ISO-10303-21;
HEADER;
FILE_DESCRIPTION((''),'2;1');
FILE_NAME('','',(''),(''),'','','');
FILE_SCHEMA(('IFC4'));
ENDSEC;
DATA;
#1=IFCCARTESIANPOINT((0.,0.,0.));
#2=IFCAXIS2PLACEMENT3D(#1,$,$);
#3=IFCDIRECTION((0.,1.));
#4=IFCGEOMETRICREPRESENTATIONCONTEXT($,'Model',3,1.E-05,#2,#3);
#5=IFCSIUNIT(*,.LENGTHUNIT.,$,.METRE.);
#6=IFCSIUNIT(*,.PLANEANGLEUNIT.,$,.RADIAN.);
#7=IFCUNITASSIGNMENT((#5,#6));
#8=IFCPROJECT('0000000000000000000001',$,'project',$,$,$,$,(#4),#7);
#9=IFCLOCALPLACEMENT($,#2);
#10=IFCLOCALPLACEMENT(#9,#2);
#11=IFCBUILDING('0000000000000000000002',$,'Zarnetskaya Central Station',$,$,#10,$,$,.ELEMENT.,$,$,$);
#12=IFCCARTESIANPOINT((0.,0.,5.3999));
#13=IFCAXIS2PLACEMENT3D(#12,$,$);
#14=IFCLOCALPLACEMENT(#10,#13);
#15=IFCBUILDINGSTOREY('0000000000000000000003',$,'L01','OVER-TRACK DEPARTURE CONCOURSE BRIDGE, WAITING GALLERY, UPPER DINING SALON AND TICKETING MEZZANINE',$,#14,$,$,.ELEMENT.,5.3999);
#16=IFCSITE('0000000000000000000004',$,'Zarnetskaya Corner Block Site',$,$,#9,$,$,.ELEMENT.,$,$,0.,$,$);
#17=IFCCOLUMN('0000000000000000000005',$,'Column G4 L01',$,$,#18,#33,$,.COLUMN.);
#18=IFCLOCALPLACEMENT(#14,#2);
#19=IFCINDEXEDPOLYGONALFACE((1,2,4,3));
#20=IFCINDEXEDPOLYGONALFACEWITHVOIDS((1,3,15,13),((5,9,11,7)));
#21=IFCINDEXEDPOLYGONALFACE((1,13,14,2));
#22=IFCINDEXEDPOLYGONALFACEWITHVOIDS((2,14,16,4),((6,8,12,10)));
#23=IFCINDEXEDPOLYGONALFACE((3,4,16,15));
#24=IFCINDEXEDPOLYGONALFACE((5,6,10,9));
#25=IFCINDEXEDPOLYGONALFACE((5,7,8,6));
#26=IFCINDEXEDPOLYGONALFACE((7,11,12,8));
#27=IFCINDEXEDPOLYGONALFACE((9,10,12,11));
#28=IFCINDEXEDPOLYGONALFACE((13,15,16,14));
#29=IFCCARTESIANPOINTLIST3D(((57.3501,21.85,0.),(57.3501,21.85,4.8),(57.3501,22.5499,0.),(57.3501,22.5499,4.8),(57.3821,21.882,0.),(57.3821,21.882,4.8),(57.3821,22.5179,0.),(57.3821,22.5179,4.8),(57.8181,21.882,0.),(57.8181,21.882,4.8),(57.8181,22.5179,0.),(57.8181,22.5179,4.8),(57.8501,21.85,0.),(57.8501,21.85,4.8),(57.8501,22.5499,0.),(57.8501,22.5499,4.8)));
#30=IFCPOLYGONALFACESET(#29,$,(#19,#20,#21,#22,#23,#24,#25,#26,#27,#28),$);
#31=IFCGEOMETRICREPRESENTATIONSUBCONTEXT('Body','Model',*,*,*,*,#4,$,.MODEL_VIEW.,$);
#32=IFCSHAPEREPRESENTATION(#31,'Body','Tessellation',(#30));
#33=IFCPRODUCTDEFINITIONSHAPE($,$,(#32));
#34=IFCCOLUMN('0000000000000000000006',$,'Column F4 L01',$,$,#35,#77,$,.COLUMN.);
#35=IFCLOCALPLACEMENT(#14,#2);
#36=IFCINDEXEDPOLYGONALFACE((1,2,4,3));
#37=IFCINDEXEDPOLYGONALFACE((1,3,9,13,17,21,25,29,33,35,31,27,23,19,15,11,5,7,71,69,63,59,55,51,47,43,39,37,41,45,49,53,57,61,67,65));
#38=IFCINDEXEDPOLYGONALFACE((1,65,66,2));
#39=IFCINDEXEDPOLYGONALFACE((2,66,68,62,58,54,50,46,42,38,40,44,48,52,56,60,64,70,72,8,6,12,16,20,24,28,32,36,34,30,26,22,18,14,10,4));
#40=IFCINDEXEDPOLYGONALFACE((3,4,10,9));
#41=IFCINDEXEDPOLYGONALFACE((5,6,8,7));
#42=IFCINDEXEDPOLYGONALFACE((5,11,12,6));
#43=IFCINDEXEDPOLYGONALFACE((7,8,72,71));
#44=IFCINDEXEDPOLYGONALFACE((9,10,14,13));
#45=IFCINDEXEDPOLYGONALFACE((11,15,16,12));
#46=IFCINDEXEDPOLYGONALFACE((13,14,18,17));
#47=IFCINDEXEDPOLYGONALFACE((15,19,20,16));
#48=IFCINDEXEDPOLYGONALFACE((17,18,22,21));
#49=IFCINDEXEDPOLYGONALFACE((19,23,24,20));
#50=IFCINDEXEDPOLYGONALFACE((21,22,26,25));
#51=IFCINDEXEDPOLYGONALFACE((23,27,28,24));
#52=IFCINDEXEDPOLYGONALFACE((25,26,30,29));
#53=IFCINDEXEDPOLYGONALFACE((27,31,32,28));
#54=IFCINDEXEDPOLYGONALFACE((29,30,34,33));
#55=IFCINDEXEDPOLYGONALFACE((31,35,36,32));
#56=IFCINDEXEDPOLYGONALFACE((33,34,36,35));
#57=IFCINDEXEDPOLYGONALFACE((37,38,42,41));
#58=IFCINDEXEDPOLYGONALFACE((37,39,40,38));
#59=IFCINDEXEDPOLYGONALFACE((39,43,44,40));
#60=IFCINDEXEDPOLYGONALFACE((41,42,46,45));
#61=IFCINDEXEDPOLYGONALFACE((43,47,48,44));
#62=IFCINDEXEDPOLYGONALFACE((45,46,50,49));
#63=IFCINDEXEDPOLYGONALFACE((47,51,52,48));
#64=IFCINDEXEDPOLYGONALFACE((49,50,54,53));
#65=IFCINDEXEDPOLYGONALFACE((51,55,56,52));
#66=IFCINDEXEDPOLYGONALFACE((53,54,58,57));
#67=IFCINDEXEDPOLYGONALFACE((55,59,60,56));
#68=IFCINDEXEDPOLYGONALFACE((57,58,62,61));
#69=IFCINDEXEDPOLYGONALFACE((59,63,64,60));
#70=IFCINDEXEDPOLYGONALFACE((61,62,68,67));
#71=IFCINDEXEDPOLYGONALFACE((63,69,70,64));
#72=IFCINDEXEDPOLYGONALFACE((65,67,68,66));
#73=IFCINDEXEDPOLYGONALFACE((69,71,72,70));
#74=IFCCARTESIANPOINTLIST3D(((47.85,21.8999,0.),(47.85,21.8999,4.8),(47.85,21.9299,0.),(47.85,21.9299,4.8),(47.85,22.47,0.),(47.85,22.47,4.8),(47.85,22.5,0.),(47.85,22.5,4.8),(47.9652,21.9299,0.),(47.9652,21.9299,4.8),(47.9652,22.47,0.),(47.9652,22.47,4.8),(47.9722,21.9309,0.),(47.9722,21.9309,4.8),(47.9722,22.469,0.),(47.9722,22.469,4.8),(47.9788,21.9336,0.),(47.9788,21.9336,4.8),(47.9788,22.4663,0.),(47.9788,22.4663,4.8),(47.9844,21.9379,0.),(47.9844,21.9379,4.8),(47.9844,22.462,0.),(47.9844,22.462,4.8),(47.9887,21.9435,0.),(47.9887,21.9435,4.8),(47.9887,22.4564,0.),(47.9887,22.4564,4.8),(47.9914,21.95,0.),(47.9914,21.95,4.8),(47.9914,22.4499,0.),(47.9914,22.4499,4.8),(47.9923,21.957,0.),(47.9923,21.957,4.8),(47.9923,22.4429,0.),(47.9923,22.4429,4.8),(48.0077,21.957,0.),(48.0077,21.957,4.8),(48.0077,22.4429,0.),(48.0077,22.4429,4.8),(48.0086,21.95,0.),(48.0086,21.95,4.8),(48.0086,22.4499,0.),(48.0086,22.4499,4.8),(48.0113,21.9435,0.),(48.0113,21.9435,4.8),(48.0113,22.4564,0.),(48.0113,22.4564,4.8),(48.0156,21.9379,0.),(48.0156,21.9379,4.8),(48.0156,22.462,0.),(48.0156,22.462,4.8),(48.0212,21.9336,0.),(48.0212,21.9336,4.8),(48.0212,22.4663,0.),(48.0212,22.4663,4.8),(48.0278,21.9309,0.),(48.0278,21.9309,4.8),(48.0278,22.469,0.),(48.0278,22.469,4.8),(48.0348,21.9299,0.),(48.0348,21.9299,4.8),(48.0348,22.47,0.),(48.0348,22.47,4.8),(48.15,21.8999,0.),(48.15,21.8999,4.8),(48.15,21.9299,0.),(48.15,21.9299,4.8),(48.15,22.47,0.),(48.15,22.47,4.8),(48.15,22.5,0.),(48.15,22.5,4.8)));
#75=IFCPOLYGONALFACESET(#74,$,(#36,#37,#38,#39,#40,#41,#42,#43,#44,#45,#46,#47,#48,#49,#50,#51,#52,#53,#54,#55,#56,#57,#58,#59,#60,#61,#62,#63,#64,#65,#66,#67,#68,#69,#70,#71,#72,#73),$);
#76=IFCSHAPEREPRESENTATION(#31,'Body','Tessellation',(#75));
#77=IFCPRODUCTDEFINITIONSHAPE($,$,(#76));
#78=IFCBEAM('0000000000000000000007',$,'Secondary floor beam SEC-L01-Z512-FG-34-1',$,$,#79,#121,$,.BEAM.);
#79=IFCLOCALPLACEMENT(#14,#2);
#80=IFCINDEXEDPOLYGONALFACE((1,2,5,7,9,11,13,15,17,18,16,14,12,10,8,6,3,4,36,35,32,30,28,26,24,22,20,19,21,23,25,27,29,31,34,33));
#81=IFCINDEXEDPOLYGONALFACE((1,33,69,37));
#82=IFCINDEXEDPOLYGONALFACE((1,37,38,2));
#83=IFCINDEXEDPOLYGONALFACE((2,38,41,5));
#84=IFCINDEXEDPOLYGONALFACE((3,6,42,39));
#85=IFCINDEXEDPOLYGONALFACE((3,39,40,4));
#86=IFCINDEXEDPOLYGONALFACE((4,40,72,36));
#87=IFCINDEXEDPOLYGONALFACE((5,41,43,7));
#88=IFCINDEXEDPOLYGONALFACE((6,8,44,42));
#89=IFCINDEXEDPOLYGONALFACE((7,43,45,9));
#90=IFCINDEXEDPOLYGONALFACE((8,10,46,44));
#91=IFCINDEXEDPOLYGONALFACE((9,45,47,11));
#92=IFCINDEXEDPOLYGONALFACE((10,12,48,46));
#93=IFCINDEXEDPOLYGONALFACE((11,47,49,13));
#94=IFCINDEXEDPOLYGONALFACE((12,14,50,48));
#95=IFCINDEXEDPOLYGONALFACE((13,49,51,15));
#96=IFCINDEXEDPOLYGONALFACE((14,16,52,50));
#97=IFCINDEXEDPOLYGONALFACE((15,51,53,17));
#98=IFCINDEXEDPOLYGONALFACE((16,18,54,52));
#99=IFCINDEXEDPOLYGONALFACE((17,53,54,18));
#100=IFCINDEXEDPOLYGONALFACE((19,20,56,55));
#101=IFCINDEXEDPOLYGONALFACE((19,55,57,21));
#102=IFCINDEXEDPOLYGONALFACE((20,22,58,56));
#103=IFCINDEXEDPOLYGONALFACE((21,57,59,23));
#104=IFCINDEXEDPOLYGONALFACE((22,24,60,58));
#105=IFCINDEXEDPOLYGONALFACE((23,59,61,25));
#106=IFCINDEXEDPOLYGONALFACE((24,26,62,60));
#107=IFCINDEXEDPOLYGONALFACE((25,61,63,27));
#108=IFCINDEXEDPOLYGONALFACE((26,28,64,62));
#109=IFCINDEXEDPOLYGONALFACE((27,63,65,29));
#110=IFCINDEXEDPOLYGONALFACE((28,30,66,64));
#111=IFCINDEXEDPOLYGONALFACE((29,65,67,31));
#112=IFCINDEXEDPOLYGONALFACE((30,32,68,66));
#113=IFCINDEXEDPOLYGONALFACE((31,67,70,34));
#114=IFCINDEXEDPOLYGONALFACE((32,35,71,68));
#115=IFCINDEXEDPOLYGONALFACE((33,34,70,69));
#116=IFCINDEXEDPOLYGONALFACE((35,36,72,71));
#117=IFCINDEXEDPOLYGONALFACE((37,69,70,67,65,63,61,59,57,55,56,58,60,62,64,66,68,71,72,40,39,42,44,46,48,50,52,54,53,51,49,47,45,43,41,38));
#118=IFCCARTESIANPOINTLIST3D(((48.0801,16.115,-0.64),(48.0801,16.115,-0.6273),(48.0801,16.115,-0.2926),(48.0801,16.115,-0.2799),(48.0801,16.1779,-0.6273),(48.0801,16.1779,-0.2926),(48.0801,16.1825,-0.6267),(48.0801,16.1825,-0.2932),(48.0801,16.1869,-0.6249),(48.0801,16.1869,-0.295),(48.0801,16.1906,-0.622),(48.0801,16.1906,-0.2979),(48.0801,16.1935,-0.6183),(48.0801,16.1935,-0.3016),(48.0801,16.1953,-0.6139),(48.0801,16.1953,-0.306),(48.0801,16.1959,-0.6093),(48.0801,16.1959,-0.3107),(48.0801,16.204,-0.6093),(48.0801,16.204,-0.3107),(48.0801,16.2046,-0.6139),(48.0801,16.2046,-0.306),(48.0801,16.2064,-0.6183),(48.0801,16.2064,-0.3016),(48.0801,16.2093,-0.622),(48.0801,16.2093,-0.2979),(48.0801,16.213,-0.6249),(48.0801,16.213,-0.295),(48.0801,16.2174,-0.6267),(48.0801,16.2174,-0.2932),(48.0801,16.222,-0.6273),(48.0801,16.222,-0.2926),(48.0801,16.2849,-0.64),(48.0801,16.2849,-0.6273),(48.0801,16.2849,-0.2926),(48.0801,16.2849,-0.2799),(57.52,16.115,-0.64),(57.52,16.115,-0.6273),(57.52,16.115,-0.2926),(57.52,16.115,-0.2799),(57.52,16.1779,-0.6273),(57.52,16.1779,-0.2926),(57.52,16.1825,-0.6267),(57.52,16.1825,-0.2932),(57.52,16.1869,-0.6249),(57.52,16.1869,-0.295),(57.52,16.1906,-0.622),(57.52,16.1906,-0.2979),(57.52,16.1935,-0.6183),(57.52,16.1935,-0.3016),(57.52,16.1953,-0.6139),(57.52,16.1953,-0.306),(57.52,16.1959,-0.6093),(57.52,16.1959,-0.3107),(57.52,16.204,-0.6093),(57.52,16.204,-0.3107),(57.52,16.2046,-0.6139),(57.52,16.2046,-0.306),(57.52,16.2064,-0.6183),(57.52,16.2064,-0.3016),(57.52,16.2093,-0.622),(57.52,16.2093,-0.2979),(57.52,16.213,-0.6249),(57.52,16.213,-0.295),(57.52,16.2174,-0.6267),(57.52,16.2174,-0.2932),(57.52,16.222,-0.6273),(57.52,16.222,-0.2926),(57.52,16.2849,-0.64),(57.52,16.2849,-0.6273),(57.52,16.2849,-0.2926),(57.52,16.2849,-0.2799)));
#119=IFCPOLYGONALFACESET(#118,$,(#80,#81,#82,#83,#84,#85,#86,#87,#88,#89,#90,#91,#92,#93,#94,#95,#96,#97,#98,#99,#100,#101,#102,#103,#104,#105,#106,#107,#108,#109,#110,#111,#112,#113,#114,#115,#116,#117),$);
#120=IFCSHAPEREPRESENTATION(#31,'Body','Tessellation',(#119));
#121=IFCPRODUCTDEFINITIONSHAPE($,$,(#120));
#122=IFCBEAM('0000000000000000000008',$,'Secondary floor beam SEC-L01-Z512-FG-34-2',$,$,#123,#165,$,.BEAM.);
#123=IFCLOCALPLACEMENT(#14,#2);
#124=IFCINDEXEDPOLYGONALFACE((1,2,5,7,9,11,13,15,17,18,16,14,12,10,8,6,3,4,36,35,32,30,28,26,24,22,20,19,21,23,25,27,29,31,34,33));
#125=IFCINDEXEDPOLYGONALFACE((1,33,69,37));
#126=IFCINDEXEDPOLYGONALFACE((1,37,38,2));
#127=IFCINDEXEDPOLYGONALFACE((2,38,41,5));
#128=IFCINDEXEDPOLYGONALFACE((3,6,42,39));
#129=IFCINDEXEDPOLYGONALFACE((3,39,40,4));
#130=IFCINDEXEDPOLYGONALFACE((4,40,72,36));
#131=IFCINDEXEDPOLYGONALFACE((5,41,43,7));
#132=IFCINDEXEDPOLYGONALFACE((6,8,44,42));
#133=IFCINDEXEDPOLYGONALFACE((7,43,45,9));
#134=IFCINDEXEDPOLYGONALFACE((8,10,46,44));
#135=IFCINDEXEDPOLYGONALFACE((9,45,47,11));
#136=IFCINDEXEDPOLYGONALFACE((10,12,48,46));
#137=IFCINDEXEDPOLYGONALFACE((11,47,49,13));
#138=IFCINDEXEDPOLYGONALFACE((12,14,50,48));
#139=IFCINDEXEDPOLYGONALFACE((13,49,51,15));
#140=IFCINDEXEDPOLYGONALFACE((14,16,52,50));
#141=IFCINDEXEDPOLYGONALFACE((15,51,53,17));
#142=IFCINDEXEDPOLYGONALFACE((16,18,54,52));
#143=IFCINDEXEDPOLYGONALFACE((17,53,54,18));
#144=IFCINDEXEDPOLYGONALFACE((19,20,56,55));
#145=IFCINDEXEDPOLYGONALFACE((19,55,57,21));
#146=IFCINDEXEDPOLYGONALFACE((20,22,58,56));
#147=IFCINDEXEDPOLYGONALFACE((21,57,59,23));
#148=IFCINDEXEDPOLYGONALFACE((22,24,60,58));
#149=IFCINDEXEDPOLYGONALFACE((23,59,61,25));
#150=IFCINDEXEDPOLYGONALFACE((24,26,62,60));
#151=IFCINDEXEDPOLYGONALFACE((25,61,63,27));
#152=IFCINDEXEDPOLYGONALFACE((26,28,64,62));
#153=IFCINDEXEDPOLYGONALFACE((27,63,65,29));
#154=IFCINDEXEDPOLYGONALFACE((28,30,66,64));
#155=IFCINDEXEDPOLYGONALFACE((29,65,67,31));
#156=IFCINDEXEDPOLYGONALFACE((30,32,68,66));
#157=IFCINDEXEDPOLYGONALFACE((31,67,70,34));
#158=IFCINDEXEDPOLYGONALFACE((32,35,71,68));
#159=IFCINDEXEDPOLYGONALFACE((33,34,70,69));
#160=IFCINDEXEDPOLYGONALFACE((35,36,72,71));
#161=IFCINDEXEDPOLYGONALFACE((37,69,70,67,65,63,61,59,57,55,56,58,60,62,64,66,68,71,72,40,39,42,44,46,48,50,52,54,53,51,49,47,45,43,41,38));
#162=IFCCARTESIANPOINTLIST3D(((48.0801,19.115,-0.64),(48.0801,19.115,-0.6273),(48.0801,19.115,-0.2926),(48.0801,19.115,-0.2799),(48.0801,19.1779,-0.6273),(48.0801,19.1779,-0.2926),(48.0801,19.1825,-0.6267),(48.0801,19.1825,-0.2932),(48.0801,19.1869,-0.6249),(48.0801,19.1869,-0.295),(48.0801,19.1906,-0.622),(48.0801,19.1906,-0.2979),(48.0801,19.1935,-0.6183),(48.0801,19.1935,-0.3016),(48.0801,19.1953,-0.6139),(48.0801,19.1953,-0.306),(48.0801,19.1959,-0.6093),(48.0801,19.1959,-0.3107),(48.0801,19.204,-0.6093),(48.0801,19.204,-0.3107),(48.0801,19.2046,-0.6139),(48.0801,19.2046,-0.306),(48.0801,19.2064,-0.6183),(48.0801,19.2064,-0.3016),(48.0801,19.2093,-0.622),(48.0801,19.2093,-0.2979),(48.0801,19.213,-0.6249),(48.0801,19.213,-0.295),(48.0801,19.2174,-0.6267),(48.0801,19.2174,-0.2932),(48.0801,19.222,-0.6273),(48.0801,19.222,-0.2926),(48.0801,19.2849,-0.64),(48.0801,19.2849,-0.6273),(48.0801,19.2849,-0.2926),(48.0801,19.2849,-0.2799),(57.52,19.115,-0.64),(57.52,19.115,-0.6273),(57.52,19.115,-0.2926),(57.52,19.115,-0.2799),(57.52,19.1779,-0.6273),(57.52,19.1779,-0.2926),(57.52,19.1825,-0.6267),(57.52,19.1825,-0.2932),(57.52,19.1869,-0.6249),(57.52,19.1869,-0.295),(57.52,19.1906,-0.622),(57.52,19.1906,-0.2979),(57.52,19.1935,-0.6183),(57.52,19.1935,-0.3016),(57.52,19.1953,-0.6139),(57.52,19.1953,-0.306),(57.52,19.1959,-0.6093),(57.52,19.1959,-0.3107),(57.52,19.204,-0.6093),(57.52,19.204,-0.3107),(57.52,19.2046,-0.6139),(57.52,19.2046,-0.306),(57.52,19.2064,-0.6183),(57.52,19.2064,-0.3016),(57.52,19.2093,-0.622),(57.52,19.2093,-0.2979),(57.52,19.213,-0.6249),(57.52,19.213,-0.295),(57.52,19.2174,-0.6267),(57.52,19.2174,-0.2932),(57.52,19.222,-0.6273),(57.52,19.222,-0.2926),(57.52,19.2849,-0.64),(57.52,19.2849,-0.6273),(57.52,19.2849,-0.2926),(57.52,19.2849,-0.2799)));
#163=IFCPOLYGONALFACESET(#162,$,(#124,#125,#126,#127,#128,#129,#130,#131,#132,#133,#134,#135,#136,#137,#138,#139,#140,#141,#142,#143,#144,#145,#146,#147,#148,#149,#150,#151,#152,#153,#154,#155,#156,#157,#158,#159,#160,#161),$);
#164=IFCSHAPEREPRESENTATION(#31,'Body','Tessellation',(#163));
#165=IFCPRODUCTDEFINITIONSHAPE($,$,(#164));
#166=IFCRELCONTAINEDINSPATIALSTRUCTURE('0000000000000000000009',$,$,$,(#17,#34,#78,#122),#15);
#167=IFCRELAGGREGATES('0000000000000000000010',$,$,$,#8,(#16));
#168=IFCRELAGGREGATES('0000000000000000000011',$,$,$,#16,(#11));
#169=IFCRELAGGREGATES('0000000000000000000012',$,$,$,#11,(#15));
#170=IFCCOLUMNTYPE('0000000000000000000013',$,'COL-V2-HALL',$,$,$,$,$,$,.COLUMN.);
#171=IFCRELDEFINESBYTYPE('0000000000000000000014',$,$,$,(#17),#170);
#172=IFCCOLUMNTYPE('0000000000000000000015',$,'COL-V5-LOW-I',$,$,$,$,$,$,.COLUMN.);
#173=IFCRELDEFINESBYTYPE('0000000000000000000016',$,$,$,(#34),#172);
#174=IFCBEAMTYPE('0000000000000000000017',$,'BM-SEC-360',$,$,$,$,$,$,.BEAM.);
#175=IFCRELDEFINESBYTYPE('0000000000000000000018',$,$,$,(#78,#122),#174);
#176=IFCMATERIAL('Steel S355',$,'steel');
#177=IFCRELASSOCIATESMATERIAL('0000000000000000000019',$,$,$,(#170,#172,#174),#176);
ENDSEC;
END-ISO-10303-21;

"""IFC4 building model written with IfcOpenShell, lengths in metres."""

from ifc_helpers import new_model, si_unit, direction, frame, origin, origin_2d, place, context, subcontext, project, spatial, hollow_rectangle, i_section, extrude, material, material_profile, profile_set, type_object, element, save


model = new_model("IFC4")

# Units and contexts
model_context = context("Model", 3, precision=1e-05, world=origin(), true_north=direction((0.0, 1.0)))
body_context = subcontext(model_context, "Body", "Model", "MODEL_VIEW")
ifc_project = project(units=[si_unit("LENGTHUNIT", "METRE"), si_unit("PLANEANGLEUNIT", "RADIAN")], contexts=[model_context])

# Site, building, storey
site_placement = place(None, origin())
site = spatial("IfcSite", under=ifc_project, at=site_placement, Name="Zarnetskaya Corner Block Site", CompositionType="ELEMENT", RefElevation=0.0)
building_placement = place(site_placement, origin())
building = spatial("IfcBuilding", under=site, at=building_placement, Name="Zarnetskaya Central Station", CompositionType="ELEMENT")
storey_placement = place(building_placement, frame((0.0, 0.0, 5.3999)))
storey = spatial("IfcBuildingStorey", under=building, at=storey_placement, Name="L01", Description="OVER-TRACK DEPARTURE CONCOURSE BRIDGE, WAITING GALLERY, UPPER DINING SALON AND TICKETING MEZZANINE", CompositionType="ELEMENT", Elevation=5.3999)

# Columns
ifc_material_1 = material(Name="Steel S355", Category="steel")
ifc_material_profile_1 = material_profile(ifc_material_1, hollow_rectangle(XDim=0.5, YDim=0.7, WallThickness=0.032, at=origin_2d()), Name="BOX 700x500x32")
ifc_profile_set_1 = profile_set([ifc_material_profile_1], Name="Steel S355")
column_type_1 = type_object("IfcColumnType", Name="COL-V2-HALL", PredefinedType="COLUMN", material=ifc_profile_set_1)
column_1_placement = place(storey_placement, frame((57.6001, 22.2, 0.0), z_axis=(0.0, 0.0, 1.0), x_axis=(1.0, 0.0, 0.0)))
element("IfcColumn", 1, at=column_1_placement, inside=storey, type_object=column_type_1, Name="Column G4 L01", PredefinedType="COLUMN", context=body_context, shape_type="SweptSolid", body=[
    extrude(hollow_rectangle(XDim=0.5, YDim=0.7, WallThickness=0.032, at=origin_2d()), origin(), (0.0, 0.0, 1.0), 4.8),
])
ifc_material_profile_2 = material_profile(ifc_material_1, i_section(OverallWidth=0.3, OverallDepth=0.6001, WebThickness=0.0154, FlangeThickness=0.03, FilletRadius=0.0271, at=origin_2d()), Name="HEB 600")
ifc_profile_set_2 = profile_set([ifc_material_profile_2], Name="Steel S355")
column_type_2 = type_object("IfcColumnType", Name="COL-V5-LOW-I", PredefinedType="COLUMN", material=ifc_profile_set_2)
column_2_placement = place(storey_placement, frame((48.0, 22.2, 0.0), z_axis=(0.0, 0.0, 1.0), x_axis=(1.0, 0.0, 0.0)))
element("IfcColumn", 2, at=column_2_placement, inside=storey, type_object=column_type_2, Name="Column F4 L01", PredefinedType="COLUMN", context=body_context, shape_type="SweptSolid", body=[
    extrude(i_section(OverallWidth=0.3, OverallDepth=0.6001, WebThickness=0.0154, FlangeThickness=0.03, FilletRadius=0.0271, at=origin_2d()), origin(), (0.0, 0.0, 1.0), 4.8),
])

# Beams
ifc_material_profile_3 = material_profile(ifc_material_1, i_section(OverallWidth=0.1699, OverallDepth=0.3601, WebThickness=0.0081, FlangeThickness=0.0127, FilletRadius=0.0181, at=origin_2d()), Name="IPE 360")
ifc_profile_set_3 = profile_set([ifc_material_profile_3], Name="Steel S355")
beam_type_1 = type_object("IfcBeamType", Name="BM-SEC-360", PredefinedType="BEAM", material=ifc_profile_set_3)
for number, where, z_axis, x_axis, name in (
    (3, (48.0801, 16.2, -0.46), (1.0, 0.0, 0.0), (0.0, 1.0, 0.0), "Secondary floor beam SEC-L01-Z512-FG-34-1"),
    (4, (48.0801, 19.2, -0.46), (1.0, 0.0, 0.0), (0.0, 1.0, 0.0), "Secondary floor beam SEC-L01-Z512-FG-34-2"),
):
    element("IfcBeam", number, at=place(storey_placement, frame(where, z_axis=z_axis, x_axis=x_axis)), inside=storey, type_object=beam_type_1, Name=name, PredefinedType="BEAM", context=body_context, shape_type="SweptSolid", body=[
        extrude(i_section(OverallWidth=0.1699, OverallDepth=0.3601, WebThickness=0.0081, FlangeThickness=0.0127, FilletRadius=0.0181, at=origin_2d()), origin(), (0.0, 0.0, 1.0), 9.4399),
    ])

save(model, "model.ifc")
